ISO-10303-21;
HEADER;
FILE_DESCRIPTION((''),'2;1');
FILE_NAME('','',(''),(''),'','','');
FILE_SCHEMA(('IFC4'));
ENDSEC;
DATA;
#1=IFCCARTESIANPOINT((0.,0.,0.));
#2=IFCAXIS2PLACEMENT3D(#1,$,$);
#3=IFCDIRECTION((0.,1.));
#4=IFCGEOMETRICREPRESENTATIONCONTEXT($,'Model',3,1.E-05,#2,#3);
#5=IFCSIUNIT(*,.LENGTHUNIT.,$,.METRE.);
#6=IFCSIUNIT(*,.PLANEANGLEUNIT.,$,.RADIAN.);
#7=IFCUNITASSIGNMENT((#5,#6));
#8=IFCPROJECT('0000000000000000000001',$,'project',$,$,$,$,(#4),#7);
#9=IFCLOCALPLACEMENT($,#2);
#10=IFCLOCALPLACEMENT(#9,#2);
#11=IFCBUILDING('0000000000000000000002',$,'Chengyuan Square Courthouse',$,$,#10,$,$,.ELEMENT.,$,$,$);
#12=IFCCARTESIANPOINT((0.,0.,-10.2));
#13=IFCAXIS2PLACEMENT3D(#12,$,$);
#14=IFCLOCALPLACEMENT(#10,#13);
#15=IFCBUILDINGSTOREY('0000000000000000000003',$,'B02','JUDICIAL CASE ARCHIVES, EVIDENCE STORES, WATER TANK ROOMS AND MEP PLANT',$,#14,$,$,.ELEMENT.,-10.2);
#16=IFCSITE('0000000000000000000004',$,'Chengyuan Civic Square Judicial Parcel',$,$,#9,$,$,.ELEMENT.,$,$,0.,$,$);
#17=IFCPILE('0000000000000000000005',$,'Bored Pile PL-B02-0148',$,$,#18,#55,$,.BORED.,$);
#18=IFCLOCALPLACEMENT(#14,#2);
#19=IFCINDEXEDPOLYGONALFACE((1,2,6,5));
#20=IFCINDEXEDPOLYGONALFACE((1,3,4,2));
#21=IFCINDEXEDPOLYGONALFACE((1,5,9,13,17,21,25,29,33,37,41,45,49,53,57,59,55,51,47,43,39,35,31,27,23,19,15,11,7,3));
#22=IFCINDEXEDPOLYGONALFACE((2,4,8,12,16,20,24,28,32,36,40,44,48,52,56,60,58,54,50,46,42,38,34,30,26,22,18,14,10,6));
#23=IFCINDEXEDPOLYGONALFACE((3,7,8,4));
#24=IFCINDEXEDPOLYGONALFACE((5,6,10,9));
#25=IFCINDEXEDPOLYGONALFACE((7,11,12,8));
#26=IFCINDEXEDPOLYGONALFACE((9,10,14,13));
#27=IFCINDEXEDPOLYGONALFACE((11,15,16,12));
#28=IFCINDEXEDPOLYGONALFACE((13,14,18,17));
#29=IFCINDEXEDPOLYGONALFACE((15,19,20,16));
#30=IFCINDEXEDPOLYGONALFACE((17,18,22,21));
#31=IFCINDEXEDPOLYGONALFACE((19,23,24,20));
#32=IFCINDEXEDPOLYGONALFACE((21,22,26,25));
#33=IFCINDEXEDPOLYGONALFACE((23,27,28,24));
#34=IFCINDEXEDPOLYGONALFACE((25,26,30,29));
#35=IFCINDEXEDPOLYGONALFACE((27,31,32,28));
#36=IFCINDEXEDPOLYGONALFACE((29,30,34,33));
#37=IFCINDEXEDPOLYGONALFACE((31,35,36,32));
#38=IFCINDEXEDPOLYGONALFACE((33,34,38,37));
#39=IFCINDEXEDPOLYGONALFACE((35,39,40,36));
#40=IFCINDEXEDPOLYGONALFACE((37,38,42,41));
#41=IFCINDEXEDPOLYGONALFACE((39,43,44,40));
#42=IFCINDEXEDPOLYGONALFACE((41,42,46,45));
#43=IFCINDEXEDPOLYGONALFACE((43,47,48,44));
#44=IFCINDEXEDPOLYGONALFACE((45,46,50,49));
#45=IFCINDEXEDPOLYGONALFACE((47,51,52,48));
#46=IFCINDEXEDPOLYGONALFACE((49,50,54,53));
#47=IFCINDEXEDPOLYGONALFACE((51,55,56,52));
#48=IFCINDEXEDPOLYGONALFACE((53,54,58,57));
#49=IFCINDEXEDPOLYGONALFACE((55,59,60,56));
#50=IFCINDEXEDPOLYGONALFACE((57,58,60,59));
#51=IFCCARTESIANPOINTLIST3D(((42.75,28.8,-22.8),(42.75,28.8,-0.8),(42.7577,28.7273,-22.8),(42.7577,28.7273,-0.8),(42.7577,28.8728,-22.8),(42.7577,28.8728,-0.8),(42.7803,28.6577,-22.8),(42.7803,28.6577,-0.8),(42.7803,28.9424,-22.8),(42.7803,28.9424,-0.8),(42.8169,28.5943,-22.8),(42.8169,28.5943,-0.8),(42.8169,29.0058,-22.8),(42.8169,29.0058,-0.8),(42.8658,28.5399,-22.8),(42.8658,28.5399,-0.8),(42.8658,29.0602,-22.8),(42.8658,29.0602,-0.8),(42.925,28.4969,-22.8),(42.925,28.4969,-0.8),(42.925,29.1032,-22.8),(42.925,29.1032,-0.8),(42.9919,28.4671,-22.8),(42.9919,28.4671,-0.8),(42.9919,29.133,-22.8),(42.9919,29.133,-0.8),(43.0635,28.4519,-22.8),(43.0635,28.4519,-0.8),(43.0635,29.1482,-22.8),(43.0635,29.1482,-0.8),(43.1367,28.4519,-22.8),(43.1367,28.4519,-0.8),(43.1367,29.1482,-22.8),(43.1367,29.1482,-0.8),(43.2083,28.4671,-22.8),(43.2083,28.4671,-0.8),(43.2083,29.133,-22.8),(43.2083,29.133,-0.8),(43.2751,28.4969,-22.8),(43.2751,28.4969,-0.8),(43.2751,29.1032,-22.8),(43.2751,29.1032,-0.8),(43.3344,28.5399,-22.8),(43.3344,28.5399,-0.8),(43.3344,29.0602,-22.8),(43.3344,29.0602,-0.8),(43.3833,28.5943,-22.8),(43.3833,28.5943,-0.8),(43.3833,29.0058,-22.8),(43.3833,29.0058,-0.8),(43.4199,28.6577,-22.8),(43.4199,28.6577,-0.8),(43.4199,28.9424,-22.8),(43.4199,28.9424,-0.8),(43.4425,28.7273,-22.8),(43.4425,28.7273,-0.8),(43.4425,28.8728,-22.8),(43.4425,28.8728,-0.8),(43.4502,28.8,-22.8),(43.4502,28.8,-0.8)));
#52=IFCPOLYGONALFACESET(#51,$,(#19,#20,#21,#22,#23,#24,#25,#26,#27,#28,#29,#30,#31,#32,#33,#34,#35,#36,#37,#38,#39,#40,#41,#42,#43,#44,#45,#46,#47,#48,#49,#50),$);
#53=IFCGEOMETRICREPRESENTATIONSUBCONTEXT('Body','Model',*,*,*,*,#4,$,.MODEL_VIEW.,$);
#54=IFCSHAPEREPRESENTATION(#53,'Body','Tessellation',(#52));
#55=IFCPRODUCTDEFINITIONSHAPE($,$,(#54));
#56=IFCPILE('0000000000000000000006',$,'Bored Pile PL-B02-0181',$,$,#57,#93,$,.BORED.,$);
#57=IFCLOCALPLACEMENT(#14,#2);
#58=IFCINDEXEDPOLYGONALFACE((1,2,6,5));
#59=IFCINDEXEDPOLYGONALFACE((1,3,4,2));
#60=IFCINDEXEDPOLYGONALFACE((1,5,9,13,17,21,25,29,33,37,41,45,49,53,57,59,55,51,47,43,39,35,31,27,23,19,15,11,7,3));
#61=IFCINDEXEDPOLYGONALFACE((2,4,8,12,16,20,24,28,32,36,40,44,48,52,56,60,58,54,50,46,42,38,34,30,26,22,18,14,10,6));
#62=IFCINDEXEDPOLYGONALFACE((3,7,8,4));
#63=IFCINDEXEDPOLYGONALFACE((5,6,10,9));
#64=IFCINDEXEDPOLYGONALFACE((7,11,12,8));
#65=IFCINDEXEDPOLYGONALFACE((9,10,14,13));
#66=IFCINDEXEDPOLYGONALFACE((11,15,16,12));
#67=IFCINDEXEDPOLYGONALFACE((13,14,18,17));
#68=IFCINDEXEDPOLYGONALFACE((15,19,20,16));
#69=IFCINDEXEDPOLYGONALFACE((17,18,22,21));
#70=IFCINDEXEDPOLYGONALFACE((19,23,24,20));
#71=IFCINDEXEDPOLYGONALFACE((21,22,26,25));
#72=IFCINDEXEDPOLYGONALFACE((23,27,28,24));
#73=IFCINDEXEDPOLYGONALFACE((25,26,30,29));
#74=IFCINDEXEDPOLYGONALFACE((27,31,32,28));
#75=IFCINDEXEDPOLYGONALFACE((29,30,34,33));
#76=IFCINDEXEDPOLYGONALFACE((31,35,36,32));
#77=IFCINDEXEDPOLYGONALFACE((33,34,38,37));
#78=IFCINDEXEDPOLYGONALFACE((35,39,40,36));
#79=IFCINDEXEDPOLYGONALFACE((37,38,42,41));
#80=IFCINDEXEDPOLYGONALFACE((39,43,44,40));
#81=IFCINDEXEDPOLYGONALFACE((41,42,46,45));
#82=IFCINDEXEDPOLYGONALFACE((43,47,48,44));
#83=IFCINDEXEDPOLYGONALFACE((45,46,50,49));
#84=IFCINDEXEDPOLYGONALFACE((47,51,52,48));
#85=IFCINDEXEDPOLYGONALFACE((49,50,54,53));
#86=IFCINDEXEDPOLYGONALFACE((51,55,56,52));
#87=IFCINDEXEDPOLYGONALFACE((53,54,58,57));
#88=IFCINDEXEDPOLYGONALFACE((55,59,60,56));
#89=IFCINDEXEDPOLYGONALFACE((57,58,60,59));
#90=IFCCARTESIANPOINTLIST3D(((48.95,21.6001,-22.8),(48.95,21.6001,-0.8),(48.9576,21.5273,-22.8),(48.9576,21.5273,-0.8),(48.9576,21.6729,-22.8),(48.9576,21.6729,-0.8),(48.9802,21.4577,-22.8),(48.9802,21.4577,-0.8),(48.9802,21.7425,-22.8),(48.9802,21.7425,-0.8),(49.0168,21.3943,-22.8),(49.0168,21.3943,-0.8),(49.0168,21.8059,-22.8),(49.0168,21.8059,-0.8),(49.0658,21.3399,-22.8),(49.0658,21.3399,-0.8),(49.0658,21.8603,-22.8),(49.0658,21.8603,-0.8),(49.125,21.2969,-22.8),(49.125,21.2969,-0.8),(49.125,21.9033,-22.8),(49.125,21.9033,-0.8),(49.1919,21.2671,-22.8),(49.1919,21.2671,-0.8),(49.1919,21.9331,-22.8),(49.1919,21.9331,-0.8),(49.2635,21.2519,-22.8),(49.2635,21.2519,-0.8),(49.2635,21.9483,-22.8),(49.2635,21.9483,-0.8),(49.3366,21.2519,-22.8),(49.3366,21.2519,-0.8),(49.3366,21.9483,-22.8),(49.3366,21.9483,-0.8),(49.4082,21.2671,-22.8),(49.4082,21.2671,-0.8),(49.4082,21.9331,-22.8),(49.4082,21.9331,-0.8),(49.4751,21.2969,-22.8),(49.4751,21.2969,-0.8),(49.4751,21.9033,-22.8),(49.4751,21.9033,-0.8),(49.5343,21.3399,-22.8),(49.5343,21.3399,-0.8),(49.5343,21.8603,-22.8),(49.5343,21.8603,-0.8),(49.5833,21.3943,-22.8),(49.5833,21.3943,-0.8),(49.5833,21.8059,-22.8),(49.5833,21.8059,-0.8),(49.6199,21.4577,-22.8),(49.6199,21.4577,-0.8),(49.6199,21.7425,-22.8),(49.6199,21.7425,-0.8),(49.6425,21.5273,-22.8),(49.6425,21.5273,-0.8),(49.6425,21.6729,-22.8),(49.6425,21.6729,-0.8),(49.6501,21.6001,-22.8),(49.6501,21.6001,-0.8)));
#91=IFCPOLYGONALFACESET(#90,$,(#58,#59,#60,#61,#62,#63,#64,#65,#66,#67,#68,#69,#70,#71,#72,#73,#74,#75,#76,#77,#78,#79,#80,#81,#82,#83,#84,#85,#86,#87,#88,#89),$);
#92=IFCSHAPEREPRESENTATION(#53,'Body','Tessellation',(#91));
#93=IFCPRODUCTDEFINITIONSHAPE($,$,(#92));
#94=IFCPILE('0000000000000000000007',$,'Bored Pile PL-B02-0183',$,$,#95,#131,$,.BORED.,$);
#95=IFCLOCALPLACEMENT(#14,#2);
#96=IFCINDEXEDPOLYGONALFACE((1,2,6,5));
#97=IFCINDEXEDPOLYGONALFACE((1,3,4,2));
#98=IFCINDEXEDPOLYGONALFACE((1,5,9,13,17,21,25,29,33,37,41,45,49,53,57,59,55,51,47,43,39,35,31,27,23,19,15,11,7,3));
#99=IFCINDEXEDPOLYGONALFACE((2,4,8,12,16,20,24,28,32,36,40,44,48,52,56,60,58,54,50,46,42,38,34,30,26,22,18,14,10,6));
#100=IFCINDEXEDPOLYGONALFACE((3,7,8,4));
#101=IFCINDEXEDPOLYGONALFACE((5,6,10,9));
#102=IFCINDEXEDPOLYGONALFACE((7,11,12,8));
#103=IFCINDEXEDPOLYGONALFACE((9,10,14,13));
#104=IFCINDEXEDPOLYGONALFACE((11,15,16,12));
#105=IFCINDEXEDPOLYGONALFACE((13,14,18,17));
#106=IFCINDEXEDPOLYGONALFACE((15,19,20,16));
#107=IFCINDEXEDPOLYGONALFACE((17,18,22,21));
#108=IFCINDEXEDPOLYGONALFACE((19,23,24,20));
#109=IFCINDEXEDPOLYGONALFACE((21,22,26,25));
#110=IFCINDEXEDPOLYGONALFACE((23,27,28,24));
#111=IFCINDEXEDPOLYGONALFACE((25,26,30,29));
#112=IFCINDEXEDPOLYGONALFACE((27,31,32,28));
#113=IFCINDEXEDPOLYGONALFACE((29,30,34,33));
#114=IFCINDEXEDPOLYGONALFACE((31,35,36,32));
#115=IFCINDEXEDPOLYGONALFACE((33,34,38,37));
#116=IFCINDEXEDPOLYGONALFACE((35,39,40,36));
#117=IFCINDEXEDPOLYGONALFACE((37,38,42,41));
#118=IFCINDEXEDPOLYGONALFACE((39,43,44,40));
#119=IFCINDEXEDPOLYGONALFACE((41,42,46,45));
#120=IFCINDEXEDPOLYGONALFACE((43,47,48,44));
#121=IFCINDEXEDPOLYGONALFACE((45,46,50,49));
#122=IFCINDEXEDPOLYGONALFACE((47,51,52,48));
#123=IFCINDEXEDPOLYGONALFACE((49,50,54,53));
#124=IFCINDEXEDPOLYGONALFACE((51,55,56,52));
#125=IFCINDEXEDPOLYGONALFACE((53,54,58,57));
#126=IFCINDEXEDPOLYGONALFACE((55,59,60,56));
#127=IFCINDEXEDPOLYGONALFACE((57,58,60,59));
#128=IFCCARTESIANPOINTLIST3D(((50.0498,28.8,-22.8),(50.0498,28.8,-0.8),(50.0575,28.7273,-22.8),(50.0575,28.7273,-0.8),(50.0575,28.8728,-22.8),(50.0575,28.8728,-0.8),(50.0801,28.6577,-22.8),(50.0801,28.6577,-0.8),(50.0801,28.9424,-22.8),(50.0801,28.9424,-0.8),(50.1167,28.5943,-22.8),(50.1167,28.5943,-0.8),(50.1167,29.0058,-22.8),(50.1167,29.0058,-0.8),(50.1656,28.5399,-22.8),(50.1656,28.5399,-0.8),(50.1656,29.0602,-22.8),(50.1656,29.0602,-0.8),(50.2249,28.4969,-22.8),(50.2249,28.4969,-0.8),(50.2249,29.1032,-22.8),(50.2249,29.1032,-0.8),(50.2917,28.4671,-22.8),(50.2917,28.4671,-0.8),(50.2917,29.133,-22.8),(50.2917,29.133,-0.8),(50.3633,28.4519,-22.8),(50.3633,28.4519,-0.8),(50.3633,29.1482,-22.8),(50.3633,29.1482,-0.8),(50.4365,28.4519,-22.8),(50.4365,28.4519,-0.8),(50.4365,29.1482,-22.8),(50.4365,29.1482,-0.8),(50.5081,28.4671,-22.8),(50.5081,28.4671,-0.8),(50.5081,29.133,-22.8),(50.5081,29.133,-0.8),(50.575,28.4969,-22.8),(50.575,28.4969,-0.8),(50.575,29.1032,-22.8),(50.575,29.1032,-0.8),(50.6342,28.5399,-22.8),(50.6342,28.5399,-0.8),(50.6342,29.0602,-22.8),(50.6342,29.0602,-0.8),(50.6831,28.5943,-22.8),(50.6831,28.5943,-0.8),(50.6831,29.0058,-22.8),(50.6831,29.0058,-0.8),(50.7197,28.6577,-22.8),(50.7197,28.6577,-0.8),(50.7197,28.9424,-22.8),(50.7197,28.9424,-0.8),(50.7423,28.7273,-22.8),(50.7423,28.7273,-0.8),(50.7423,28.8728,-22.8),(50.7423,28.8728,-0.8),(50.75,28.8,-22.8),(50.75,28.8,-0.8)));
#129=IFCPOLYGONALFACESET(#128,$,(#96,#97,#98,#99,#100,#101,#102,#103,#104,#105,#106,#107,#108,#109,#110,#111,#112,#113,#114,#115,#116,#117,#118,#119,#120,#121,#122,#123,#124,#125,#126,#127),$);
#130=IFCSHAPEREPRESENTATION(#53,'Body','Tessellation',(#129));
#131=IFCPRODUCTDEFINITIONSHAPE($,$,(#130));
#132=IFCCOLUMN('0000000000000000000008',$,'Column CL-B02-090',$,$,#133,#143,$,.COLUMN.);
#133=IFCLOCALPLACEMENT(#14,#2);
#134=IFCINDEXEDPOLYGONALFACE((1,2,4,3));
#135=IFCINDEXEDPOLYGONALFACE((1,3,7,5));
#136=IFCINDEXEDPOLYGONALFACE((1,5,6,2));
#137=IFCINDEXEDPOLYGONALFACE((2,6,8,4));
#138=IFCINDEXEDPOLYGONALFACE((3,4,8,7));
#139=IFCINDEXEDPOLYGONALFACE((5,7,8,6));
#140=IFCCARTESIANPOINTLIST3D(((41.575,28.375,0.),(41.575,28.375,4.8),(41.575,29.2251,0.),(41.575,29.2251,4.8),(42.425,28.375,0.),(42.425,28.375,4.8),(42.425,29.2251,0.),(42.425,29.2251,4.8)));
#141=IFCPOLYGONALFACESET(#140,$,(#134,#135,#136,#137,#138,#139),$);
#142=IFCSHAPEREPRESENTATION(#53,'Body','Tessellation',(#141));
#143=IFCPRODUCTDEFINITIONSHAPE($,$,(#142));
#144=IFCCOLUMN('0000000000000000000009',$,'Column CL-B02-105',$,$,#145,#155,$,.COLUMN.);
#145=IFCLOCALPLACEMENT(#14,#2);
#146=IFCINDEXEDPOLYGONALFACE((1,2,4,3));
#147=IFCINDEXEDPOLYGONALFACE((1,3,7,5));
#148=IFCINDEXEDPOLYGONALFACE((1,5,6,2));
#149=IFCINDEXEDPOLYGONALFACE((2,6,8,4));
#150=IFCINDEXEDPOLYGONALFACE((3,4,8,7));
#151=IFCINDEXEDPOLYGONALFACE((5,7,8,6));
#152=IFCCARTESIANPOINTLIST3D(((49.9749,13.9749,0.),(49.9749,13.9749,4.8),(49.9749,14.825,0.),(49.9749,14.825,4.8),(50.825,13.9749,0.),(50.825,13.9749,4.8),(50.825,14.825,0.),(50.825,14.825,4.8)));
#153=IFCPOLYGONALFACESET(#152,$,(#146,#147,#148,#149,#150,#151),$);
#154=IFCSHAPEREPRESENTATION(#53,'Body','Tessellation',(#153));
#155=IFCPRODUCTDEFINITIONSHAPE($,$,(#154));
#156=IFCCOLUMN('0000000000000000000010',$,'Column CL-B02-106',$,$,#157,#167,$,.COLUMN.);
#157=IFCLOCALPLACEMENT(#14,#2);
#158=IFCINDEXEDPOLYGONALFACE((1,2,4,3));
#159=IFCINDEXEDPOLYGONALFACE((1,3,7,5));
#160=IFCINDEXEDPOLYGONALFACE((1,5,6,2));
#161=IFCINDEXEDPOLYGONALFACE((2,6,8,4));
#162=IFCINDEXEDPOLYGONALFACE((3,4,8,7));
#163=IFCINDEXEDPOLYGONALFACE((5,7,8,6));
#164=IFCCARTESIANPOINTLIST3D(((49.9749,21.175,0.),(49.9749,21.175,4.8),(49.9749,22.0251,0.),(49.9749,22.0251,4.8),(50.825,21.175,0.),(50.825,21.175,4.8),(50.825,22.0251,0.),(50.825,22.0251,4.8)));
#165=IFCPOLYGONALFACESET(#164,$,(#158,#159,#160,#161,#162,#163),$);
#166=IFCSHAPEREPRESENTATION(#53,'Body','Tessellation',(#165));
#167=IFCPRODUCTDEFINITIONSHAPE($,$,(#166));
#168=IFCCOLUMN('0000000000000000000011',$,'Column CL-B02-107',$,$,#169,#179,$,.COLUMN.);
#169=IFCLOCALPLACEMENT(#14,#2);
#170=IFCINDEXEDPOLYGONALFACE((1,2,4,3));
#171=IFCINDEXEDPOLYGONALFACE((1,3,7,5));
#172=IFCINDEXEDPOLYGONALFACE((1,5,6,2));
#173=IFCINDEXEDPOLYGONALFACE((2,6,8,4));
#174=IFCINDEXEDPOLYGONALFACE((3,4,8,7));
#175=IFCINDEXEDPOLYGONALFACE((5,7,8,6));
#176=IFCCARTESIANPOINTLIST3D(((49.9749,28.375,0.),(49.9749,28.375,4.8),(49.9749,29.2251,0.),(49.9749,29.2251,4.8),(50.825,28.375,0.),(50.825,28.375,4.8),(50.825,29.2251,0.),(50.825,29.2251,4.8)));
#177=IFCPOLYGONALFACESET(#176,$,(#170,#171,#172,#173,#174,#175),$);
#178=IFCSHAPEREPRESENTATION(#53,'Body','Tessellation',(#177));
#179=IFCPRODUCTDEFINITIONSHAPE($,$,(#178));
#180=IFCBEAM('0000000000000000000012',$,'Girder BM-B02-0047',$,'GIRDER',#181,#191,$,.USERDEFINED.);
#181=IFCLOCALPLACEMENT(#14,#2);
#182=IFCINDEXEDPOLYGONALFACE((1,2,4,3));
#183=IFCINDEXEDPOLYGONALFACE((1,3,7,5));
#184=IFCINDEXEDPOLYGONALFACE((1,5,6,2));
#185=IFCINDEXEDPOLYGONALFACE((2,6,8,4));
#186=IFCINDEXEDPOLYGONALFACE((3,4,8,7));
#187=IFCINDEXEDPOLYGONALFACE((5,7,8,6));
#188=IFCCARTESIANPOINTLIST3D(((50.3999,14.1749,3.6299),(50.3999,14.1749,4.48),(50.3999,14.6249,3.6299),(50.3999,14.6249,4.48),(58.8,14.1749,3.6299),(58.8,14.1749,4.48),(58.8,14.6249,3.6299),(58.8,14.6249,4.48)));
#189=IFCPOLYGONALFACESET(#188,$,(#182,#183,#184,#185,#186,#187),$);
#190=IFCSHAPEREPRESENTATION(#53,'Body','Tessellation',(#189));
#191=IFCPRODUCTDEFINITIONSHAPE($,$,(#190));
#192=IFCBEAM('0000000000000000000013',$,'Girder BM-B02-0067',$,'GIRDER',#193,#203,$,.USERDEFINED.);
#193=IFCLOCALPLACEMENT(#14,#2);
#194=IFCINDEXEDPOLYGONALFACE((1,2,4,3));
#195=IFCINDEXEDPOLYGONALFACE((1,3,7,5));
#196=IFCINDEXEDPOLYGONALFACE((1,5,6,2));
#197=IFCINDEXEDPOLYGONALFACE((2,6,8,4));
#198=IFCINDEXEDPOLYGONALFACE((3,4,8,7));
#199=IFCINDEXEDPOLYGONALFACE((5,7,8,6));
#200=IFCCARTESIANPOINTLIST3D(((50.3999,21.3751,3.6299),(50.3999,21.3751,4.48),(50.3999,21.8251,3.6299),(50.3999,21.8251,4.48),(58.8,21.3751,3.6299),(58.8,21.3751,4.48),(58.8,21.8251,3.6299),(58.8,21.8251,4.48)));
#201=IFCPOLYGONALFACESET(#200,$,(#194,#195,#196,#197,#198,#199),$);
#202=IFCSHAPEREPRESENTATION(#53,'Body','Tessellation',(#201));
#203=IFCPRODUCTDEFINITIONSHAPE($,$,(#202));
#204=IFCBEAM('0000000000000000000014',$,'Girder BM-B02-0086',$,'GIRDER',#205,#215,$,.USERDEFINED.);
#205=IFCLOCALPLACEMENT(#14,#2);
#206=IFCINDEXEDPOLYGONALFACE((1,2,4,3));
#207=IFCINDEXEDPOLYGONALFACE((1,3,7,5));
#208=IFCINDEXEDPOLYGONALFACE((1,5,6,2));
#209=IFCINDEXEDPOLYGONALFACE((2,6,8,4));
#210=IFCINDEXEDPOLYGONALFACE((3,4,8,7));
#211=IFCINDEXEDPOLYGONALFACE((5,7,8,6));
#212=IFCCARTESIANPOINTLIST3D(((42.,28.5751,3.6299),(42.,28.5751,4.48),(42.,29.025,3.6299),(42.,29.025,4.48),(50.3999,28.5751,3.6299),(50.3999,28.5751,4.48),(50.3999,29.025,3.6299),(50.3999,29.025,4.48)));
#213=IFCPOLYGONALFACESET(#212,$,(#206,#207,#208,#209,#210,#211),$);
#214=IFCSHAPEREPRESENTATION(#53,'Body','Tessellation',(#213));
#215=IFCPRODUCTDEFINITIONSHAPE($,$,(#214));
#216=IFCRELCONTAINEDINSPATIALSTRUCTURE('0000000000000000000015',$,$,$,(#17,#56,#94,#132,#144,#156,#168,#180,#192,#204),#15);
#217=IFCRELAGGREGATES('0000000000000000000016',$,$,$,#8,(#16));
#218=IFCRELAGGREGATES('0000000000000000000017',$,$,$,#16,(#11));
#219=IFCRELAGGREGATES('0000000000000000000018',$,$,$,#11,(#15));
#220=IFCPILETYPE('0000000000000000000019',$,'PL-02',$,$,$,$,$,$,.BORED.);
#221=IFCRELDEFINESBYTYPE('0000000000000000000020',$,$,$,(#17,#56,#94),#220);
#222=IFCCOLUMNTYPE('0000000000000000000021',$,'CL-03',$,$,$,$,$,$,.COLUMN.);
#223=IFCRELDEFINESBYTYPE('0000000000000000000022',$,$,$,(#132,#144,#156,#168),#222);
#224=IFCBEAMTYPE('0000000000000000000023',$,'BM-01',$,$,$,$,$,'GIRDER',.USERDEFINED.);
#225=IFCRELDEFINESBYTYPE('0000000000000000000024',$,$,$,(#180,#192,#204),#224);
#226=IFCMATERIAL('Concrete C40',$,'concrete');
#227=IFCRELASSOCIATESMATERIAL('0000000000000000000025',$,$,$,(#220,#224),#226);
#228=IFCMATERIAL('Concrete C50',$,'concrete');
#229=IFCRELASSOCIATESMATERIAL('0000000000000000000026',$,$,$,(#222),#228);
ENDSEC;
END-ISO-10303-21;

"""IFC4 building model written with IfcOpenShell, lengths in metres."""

from ifc_helpers import new_model, si_unit, direction, frame, origin, origin_2d, place, context, subcontext, project, spatial, rectangle, circle, extrude, material, material_profile, profile_set, type_object, element, save


model = new_model("IFC4")

# Units and contexts
model_context = context("Model", 3, precision=1e-05, world=origin(), true_north=direction((0.0, 1.0)))
body_context = subcontext(model_context, "Body", "Model", "MODEL_VIEW")
ifc_project = project(units=[si_unit("LENGTHUNIT", "METRE"), si_unit("PLANEANGLEUNIT", "RADIAN")], contexts=[model_context])

# Site, building, storey
site_placement = place(None, origin())
site = spatial("IfcSite", under=ifc_project, at=site_placement, Name="Chengyuan Civic Square Judicial Parcel", CompositionType="ELEMENT", RefElevation=0.0)
building_placement = place(site_placement, origin())
building = spatial("IfcBuilding", under=site, at=building_placement, Name="Chengyuan Square Courthouse", CompositionType="ELEMENT")
storey_placement = place(building_placement, frame((0.0, 0.0, -10.2)))
storey = spatial("IfcBuildingStorey", under=building, at=storey_placement, Name="B02", Description="JUDICIAL CASE ARCHIVES, EVIDENCE STORES, WATER TANK ROOMS AND MEP PLANT", CompositionType="ELEMENT", Elevation=-10.2)

# Shared definitions
ifc_material_1 = material(Name="Concrete C40", Category="concrete")

# Piles
ifc_material_profile_1 = material_profile(ifc_material_1, circle(Radius=0.3501, at=origin_2d()), Name="BORED PILE D700")
ifc_profile_set_1 = profile_set([ifc_material_profile_1], Name="Concrete C40")
pile_type_1 = type_object("IfcPileType", Name="PL-02", PredefinedType="BORED", material=ifc_profile_set_1)
for number, where, z_axis, x_axis, name in (
    (1, (43.1001, 28.8, -0.8), (0.0, 0.0, -1.0), (1.0, 0.0, 0.0), "Bored Pile PL-B02-0148"),
    (2, (49.3, 21.6001, -0.8), (0.0, 0.0, -1.0), (1.0, 0.0, 0.0), "Bored Pile PL-B02-0181"),
    (3, (50.3999, 28.8, -0.8), (0.0, 0.0, -1.0), (1.0, 0.0, 0.0), "Bored Pile PL-B02-0183"),
):
    element("IfcPile", number, at=place(storey_placement, frame(where, z_axis=z_axis, x_axis=x_axis)), inside=storey, type_object=pile_type_1, Name=name, PredefinedType="BORED", context=body_context, shape_type="SweptSolid", body=[
        extrude(circle(Radius=0.3501, at=origin_2d()), origin(), (0.0, 0.0, 1.0), 22.0),
    ])

# Columns
ifc_material_2 = material(Name="Concrete C50", Category="concrete")
ifc_material_profile_2 = material_profile(ifc_material_2, rectangle(XDim=0.8501, YDim=0.8501, at=origin_2d()), Name="RC-COL-850x850")
ifc_profile_set_2 = profile_set([ifc_material_profile_2], Name="Concrete C50")
column_type = type_object("IfcColumnType", Name="CL-03", PredefinedType="COLUMN", material=ifc_profile_set_2)
for number, where, z_axis, x_axis, name in (
    (4, (42.0, 28.8, 0.0), (0.0, 0.0, 1.0), (1.0, 0.0, 0.0), "Column CL-B02-090"),
    (5, (50.3999, 14.3999, 0.0), (0.0, 0.0, 1.0), (1.0, 0.0, 0.0), "Column CL-B02-105"),
    (6, (50.3999, 21.6001, 0.0), (0.0, 0.0, 1.0), (1.0, 0.0, 0.0), "Column CL-B02-106"),
    (7, (50.3999, 28.8, 0.0), (0.0, 0.0, 1.0), (1.0, 0.0, 0.0), "Column CL-B02-107"),
):
    element("IfcColumn", number, at=place(storey_placement, frame(where, z_axis=z_axis, x_axis=x_axis)), inside=storey, type_object=column_type, Name=name, PredefinedType="COLUMN", context=body_context, shape_type="SweptSolid", body=[
        extrude(rectangle(XDim=0.8501, YDim=0.8501, at=origin_2d()), origin(), (0.0, 0.0, 1.0), 4.8),
    ])

# Beams
ifc_material_profile_3 = material_profile(ifc_material_1, rectangle(XDim=0.45, YDim=0.8501, at=origin_2d()), Name="RC-BM-450x850")
ifc_profile_set_3 = profile_set([ifc_material_profile_3], Name="Concrete C40")
beam_type_1 = type_object("IfcBeamType", Name="BM-01", ElementType="GIRDER", PredefinedType="USERDEFINED", material=ifc_profile_set_3)
for number, where, z_axis, x_axis, name in (
    (8, (50.3999, 14.3999, 4.0549), (1.0, 0.0, 0.0), (0.0, 1.0, 0.0), "Girder BM-B02-0047"),
    (9, (50.3999, 21.6001, 4.0549), (1.0, 0.0, 0.0), (0.0, 1.0, 0.0), "Girder BM-B02-0067"),
):
    element("IfcBeam", number, at=place(storey_placement, frame(where, z_axis=z_axis, x_axis=x_axis)), inside=storey, type_object=beam_type_1, Name=name, ObjectType="GIRDER", PredefinedType="USERDEFINED", context=body_context, shape_type="SweptSolid", body=[
        extrude(rectangle(XDim=0.45, YDim=0.8501, at=origin_2d()), origin(), (0.0, 0.0, 1.0), 8.4001),
    ])
beam_1_placement = place(storey_placement, frame((42.0, 28.8, 4.0549), z_axis=(1.0, 0.0, 0.0), x_axis=(0.0, 1.0, 0.0)))
element("IfcBeam", 10, at=beam_1_placement, inside=storey, type_object=beam_type_1, Name="Girder BM-B02-0086", ObjectType="GIRDER", PredefinedType="USERDEFINED", context=body_context, shape_type="SweptSolid", body=[
    extrude(rectangle(XDim=0.45, YDim=0.8501, at=origin_2d()), origin(), (0.0, 0.0, 1.0), 8.3999),
])

save(model, "model.ifc")
